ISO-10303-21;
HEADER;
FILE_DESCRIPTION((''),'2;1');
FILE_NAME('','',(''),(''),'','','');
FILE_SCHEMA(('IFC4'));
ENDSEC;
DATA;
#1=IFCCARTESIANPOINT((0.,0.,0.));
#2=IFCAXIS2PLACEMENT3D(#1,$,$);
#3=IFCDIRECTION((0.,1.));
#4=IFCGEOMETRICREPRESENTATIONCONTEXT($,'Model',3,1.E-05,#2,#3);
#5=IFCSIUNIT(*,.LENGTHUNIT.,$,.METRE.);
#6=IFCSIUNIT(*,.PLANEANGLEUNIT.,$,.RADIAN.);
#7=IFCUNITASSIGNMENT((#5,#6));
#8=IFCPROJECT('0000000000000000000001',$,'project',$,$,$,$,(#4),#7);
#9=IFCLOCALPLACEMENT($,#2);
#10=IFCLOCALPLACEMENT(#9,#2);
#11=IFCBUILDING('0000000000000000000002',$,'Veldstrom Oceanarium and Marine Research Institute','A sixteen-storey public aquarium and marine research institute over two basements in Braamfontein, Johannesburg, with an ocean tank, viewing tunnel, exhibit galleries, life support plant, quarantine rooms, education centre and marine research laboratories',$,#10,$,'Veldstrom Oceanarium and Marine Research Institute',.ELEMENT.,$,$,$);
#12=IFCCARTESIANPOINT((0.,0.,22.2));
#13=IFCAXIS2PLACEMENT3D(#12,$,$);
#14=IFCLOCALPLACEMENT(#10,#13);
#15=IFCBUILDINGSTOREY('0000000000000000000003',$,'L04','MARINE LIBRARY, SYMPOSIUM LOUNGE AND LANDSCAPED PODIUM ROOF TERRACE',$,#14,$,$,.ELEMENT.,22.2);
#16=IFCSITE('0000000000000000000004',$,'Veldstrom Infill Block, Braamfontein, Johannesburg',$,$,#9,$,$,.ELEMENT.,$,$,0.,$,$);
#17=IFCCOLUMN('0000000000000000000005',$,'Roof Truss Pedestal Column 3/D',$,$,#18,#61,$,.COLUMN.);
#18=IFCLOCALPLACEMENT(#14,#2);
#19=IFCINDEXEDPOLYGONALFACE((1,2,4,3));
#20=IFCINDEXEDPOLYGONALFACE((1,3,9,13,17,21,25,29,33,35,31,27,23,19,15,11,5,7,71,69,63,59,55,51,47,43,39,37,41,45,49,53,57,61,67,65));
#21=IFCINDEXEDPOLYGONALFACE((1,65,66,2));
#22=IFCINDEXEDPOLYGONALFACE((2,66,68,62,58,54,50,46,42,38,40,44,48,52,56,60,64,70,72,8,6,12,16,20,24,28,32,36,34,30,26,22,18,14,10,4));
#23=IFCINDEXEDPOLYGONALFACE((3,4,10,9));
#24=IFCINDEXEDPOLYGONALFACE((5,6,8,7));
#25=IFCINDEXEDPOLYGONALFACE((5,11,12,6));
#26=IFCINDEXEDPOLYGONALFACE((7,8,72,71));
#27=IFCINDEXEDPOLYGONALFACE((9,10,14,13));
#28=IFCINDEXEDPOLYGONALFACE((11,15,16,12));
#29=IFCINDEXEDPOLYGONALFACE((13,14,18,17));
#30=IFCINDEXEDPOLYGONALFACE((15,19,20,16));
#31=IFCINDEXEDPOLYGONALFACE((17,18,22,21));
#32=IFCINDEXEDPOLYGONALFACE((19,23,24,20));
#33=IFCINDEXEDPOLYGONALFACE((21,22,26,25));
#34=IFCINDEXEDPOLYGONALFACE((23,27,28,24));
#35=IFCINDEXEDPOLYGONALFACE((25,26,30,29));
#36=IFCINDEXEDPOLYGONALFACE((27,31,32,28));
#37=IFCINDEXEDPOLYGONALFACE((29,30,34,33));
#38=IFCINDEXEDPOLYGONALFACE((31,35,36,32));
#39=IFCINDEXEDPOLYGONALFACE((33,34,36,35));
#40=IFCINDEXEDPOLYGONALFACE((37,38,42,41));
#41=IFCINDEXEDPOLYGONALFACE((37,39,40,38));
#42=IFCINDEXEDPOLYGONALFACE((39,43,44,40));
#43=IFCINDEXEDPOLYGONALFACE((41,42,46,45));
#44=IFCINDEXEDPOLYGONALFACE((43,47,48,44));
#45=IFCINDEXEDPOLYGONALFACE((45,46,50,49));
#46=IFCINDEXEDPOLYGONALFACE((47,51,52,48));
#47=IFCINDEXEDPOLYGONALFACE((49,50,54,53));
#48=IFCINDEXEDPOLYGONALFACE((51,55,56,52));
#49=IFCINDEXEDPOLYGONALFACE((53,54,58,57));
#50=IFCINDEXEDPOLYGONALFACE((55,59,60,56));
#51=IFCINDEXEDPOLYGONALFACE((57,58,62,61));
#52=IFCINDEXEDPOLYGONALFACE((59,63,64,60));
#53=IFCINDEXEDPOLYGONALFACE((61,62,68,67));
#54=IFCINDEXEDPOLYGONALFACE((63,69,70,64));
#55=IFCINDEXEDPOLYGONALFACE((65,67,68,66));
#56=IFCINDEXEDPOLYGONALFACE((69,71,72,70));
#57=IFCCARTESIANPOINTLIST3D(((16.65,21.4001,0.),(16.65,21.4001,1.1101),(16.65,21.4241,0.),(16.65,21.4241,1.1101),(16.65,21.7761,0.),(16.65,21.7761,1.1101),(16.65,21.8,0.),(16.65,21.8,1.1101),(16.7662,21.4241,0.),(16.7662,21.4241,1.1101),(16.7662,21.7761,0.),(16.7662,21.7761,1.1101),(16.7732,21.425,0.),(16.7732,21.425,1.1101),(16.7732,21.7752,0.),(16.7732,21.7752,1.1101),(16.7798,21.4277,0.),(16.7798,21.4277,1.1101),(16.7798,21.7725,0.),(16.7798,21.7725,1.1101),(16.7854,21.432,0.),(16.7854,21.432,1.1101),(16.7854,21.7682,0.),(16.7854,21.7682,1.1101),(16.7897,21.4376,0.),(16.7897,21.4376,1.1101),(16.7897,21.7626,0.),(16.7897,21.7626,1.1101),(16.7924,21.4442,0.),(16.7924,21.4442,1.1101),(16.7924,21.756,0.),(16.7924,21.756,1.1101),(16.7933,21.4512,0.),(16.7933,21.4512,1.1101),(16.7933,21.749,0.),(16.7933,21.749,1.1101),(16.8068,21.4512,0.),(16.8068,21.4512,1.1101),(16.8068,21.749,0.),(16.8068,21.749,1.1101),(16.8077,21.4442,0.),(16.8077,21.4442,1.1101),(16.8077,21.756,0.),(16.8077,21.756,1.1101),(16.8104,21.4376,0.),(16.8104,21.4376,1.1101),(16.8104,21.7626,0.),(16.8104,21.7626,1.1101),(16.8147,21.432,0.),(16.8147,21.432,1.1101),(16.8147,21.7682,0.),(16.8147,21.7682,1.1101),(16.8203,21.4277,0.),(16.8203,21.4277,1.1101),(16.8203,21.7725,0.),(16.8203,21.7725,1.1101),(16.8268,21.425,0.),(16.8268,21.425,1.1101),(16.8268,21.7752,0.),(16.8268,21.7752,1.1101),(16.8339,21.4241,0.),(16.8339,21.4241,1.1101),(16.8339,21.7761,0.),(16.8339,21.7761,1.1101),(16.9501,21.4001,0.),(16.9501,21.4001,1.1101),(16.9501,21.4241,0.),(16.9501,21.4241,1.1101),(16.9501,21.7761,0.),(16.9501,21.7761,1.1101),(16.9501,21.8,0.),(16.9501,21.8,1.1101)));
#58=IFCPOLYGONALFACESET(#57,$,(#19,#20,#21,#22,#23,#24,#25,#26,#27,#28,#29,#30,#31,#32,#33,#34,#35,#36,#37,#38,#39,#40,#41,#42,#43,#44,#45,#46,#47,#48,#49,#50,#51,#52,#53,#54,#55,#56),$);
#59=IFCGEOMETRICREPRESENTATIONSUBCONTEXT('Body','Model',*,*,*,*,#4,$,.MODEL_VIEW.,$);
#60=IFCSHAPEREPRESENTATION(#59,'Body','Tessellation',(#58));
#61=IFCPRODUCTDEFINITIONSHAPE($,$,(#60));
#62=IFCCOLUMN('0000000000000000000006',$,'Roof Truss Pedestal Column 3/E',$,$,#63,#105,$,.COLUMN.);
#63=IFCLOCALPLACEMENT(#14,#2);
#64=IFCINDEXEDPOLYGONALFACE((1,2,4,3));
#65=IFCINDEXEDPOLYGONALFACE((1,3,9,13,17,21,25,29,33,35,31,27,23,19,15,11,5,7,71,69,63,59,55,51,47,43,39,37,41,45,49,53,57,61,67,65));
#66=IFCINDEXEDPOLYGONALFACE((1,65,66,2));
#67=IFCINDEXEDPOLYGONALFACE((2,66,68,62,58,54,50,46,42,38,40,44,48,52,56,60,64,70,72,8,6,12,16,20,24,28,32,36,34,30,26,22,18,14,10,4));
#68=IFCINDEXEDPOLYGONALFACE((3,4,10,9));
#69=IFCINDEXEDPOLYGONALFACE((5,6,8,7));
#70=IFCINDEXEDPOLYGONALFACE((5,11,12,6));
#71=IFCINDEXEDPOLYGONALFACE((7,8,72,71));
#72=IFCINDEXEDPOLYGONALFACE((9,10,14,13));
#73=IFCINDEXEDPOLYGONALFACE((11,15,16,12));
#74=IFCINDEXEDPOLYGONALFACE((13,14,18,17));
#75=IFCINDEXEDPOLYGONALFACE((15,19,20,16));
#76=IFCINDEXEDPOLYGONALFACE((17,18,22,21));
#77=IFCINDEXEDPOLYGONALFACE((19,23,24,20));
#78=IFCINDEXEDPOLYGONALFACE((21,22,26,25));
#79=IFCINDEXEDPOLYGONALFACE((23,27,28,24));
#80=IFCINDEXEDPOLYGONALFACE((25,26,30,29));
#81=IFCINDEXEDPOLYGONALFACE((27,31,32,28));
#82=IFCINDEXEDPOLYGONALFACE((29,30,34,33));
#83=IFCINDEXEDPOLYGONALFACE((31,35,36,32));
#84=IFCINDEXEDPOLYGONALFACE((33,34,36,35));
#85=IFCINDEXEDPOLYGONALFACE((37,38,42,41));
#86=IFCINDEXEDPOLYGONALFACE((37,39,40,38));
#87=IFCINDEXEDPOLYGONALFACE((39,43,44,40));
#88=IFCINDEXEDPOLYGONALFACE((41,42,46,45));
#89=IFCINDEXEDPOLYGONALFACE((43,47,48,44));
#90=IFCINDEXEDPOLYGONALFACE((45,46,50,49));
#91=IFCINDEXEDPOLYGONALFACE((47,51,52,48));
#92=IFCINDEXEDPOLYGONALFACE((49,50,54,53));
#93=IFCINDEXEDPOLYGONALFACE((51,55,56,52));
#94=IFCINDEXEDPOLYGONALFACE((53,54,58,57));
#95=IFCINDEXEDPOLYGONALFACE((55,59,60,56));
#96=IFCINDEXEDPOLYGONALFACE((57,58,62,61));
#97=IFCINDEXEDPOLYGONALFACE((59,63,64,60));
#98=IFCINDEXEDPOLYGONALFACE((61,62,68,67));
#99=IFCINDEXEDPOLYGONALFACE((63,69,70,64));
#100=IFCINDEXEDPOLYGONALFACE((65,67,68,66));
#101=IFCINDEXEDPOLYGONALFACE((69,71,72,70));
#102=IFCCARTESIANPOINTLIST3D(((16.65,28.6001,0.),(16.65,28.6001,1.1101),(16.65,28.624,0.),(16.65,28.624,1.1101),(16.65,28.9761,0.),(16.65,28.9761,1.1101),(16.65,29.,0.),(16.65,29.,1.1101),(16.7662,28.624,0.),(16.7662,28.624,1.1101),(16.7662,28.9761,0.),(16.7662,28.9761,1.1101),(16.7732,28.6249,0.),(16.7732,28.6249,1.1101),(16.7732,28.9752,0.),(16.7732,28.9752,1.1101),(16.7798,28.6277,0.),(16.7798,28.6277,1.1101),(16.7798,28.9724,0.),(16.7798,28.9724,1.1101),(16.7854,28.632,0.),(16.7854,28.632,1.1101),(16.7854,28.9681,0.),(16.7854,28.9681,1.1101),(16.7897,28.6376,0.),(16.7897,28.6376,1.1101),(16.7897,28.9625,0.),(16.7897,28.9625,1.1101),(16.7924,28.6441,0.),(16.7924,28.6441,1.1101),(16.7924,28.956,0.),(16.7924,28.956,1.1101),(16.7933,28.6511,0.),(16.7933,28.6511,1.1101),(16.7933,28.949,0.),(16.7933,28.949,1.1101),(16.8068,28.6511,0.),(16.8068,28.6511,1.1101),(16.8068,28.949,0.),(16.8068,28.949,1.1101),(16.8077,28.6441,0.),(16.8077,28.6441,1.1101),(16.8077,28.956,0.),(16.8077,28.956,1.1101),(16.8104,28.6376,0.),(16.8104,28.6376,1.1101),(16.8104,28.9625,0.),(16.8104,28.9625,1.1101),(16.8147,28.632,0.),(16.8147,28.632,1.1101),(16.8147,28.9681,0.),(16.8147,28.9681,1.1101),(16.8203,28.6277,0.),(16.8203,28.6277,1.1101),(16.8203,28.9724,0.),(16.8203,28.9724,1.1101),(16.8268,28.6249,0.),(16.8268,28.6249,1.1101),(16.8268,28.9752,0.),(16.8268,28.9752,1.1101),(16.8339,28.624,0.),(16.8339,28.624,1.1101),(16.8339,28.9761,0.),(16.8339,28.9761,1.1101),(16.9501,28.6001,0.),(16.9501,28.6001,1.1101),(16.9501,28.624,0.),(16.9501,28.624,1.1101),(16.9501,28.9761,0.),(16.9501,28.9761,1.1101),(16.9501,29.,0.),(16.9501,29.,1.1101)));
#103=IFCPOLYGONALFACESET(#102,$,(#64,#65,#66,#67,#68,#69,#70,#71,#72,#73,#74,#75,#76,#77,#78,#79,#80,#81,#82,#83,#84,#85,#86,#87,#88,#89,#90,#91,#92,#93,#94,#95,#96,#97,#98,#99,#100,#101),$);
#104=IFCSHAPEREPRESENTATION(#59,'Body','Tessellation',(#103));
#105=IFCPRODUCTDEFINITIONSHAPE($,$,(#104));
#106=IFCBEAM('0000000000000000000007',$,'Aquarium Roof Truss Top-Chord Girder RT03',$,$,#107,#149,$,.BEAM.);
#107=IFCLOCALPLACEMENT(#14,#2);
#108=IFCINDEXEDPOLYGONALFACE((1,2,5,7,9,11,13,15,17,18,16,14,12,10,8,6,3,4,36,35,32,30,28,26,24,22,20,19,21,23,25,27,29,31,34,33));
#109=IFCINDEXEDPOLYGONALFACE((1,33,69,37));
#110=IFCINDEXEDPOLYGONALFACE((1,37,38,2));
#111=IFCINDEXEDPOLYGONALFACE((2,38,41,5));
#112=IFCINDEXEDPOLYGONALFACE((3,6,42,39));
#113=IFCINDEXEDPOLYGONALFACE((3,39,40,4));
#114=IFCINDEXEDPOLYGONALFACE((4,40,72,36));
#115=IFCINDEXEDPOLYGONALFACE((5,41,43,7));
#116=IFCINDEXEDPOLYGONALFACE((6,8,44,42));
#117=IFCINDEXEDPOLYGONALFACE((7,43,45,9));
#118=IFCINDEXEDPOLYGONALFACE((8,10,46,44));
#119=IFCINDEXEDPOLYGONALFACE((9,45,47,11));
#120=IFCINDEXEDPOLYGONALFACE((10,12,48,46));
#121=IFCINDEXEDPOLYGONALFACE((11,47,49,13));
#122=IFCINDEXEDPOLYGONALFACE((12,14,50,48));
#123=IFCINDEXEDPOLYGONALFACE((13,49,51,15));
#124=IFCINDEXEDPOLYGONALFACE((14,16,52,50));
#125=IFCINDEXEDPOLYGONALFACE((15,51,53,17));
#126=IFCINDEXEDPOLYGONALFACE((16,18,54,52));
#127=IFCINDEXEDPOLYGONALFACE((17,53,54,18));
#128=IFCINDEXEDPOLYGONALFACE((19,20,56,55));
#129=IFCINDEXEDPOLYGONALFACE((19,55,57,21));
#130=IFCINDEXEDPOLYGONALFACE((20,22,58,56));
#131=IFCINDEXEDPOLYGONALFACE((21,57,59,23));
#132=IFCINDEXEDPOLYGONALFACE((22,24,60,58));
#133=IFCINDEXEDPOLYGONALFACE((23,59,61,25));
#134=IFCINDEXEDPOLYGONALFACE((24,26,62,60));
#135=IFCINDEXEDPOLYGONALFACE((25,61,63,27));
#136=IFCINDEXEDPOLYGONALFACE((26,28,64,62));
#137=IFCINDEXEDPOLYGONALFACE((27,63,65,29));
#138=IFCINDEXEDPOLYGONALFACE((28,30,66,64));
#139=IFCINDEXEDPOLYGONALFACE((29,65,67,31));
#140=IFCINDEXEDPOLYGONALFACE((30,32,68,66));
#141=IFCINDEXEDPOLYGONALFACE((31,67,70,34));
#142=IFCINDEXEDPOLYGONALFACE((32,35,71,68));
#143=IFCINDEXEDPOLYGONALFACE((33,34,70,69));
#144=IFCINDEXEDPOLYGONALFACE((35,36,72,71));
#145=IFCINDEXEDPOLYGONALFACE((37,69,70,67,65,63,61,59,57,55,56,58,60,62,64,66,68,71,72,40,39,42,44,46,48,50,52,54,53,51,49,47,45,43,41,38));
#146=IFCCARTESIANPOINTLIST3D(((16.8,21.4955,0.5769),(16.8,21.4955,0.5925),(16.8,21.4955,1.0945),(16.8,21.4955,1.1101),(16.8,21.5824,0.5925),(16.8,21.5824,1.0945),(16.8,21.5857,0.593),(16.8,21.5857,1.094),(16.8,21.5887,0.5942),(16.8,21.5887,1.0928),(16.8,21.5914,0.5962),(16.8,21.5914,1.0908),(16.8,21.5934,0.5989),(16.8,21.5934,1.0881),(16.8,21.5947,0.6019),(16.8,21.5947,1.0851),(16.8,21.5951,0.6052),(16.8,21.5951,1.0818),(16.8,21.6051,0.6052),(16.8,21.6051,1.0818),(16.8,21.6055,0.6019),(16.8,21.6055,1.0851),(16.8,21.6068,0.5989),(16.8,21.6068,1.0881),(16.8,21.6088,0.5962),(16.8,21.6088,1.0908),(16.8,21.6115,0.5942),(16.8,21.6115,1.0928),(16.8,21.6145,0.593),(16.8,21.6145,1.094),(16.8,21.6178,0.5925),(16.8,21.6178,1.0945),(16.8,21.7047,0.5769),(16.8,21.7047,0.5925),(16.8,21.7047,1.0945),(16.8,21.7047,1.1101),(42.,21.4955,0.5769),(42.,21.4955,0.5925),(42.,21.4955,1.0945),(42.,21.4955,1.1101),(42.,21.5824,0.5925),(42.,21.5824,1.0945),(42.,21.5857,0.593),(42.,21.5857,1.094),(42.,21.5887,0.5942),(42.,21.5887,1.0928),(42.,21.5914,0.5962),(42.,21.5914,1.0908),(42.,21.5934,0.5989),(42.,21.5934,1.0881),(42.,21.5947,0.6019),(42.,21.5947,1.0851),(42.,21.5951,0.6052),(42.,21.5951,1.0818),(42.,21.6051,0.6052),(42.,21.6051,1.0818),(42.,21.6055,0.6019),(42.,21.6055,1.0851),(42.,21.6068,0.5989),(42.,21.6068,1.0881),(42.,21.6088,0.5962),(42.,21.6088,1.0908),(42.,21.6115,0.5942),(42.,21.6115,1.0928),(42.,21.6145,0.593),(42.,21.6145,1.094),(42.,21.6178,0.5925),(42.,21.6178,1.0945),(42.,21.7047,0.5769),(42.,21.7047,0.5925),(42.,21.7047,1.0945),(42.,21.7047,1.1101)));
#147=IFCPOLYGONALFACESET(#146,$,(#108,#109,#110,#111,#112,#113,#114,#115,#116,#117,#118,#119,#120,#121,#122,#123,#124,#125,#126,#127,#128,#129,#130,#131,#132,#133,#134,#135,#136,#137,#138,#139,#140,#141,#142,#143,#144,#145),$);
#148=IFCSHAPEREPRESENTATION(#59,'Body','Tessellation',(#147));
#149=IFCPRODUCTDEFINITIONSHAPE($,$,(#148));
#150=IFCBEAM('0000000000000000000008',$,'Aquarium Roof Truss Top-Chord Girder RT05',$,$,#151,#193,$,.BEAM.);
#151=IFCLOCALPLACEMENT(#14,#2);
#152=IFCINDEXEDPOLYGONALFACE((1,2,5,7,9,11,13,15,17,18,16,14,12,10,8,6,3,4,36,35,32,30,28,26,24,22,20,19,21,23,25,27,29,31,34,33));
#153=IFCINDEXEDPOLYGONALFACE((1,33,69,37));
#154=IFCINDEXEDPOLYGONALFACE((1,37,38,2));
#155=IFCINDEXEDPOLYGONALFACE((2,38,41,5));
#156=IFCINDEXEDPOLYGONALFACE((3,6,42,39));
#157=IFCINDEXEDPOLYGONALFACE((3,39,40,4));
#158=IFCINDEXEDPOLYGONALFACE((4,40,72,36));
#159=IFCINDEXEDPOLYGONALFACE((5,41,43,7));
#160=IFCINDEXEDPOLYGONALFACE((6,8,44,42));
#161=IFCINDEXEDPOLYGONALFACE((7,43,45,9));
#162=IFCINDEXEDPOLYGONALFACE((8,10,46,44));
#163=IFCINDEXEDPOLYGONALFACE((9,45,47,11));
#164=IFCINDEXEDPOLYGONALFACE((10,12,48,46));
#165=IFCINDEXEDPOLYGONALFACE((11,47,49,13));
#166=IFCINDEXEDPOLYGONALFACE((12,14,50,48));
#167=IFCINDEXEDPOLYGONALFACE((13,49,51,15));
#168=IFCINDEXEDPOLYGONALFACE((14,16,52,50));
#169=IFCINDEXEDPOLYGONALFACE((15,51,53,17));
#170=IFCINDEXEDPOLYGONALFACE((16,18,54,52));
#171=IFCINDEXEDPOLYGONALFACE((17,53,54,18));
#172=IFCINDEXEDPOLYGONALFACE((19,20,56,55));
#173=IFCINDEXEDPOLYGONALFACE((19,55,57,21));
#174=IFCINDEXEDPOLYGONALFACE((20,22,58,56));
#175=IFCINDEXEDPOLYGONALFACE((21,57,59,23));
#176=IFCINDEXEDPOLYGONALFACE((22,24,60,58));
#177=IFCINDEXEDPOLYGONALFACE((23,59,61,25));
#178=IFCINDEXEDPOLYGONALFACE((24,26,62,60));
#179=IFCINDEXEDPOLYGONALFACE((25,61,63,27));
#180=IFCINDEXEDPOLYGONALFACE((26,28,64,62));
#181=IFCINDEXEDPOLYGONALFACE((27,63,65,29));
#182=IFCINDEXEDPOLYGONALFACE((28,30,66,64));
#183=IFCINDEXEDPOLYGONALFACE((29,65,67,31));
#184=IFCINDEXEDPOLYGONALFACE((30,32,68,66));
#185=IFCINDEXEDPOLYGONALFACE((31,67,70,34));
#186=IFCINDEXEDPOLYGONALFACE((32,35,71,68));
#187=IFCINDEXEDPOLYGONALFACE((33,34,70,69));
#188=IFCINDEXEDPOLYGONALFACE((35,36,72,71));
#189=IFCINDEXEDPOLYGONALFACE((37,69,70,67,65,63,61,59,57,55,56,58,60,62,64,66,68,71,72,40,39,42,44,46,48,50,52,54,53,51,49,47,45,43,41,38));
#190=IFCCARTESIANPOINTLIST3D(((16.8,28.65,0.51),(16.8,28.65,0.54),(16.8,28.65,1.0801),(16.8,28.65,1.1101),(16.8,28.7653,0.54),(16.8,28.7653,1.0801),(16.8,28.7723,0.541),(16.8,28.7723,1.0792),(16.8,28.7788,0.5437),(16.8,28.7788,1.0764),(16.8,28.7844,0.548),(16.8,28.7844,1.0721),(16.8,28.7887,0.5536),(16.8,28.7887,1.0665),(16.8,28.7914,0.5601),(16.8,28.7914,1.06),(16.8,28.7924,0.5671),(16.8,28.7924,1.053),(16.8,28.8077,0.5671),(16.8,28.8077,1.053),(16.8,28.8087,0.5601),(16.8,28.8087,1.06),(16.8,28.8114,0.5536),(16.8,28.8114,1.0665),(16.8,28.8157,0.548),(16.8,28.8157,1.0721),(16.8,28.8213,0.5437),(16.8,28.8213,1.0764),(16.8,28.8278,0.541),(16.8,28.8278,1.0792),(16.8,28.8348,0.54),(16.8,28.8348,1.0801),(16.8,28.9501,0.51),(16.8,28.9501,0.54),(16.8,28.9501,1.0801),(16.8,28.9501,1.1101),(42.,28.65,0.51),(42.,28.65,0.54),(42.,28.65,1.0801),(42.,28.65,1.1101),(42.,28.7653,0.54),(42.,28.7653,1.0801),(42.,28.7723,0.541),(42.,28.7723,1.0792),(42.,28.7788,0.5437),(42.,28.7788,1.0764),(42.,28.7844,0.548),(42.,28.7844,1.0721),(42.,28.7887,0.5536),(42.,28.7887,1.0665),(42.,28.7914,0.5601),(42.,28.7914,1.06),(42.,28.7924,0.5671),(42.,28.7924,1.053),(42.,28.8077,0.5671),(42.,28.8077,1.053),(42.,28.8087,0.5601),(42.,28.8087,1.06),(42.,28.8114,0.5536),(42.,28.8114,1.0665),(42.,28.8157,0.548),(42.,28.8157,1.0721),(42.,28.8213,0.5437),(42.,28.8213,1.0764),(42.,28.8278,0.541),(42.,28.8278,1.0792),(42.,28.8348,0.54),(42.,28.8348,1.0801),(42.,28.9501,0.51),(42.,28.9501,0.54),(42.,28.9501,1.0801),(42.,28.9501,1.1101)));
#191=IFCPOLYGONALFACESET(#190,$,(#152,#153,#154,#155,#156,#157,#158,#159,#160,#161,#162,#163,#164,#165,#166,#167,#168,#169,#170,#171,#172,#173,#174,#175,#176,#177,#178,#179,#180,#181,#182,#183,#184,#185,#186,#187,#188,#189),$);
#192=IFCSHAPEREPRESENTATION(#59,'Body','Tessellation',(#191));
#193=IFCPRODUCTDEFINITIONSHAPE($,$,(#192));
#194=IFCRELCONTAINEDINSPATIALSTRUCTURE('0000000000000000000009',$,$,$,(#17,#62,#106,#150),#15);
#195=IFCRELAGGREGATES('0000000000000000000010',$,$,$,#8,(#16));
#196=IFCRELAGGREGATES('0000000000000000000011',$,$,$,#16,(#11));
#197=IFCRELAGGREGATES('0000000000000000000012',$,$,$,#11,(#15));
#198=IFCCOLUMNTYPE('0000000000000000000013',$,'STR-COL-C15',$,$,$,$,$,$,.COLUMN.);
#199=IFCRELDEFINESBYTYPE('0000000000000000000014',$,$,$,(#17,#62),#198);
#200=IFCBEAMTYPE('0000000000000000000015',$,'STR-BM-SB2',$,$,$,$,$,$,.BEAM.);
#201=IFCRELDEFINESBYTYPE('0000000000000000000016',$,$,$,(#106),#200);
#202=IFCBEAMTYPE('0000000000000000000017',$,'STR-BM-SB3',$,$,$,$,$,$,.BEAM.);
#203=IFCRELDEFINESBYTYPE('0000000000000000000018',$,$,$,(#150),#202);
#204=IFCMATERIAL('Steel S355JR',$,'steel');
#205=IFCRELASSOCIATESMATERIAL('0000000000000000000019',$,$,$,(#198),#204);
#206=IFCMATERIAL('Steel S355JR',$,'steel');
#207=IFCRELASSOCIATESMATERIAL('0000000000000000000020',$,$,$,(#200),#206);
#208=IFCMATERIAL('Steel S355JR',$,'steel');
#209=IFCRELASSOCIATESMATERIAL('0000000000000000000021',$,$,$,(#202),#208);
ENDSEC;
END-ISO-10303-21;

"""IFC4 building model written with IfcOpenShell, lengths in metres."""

from ifc_helpers import new_model, si_unit, direction, frame, origin, origin_2d, place, context, subcontext, project, spatial, i_section, extrude, material, material_profile, profile_set, type_object, element, save


model = new_model("IFC4")

# Units and contexts
model_context = context("Model", 3, precision=1e-05, world=origin(), true_north=direction((0.0, 1.0)))
body_context = subcontext(model_context, "Body", "Model", "MODEL_VIEW")
ifc_project = project(units=[si_unit("LENGTHUNIT", "METRE"), si_unit("PLANEANGLEUNIT", "RADIAN")], contexts=[model_context])

# Site, building, storey
site_placement = place(None, origin())
site = spatial("IfcSite", under=ifc_project, at=site_placement, Name="Veldstrom Infill Block, Braamfontein, Johannesburg", CompositionType="ELEMENT", RefElevation=0.0)
building_placement = place(site_placement, origin())
building = spatial("IfcBuilding", under=site, at=building_placement, Name="Veldstrom Oceanarium and Marine Research Institute", Description="A sixteen-storey public aquarium and marine research institute over two basements in Braamfontein, Johannesburg, with an ocean tank, viewing tunnel, exhibit galleries, life support plant, quarantine rooms, education centre and marine research laboratories", LongName="Veldstrom Oceanarium and Marine Research Institute", CompositionType="ELEMENT")
storey_placement = place(building_placement, frame((0.0, 0.0, 22.2)))
storey = spatial("IfcBuildingStorey", under=building, at=storey_placement, Name="L04", Description="MARINE LIBRARY, SYMPOSIUM LOUNGE AND LANDSCAPED PODIUM ROOF TERRACE", CompositionType="ELEMENT", Elevation=22.2)

# Columns
ifc_material_1 = material(Name="Steel S355JR", Category="steel")
ifc_material_profile_1 = material_profile(ifc_material_1, i_section(OverallWidth=0.3, OverallDepth=0.3999, WebThickness=0.0134, FlangeThickness=0.0239, FilletRadius=0.0271, at=origin_2d()), Name="HEB 400")
ifc_profile_set_1 = profile_set([ifc_material_profile_1], Name="Steel S355JR")
column_type = type_object("IfcColumnType", Name="STR-COL-C15", PredefinedType="COLUMN", material=ifc_profile_set_1)
for number, where, z_axis, x_axis, name in (
    (1, (16.8, 21.6001, 0.0), (0.0, 0.0, 1.0), (1.0, 0.0, 0.0), "Roof Truss Pedestal Column 3/D"),
    (2, (16.8, 28.8, 0.0), (0.0, 0.0, 1.0), (1.0, 0.0, 0.0), "Roof Truss Pedestal Column 3/E"),
):
    element("IfcColumn", number, at=place(storey_placement, frame(where, z_axis=z_axis, x_axis=x_axis)), inside=storey, type_object=column_type, Name=name, PredefinedType="COLUMN", context=body_context, shape_type="SweptSolid", body=[
        extrude(i_section(OverallWidth=0.3, OverallDepth=0.3999, WebThickness=0.0134, FlangeThickness=0.0239, FilletRadius=0.0271, at=origin_2d()), origin(), (0.0, 0.0, 1.0), 1.1101),
    ])

# Beams
ifc_material_2 = material(Name="Steel S355JR", Category="steel")
ifc_material_profile_2 = material_profile(ifc_material_2, i_section(OverallWidth=0.2092, OverallDepth=0.5332, WebThickness=0.01, FlangeThickness=0.0156, FilletRadius=0.0127, at=origin_2d()), Name="UB 533x210x92")
ifc_profile_set_2 = profile_set([ifc_material_profile_2], Name="Steel S355JR")
beam_type_1 = type_object("IfcBeamType", Name="STR-BM-SB2", PredefinedType="BEAM", material=ifc_profile_set_2)
beam_1_placement = place(storey_placement, frame((16.8, 21.6001, 0.8435), z_axis=(1.0, 0.0, 0.0), x_axis=(0.0, 1.0, 0.0)))
element("IfcBeam", 3, at=beam_1_placement, inside=storey, type_object=beam_type_1, Name="Aquarium Roof Truss Top-Chord Girder RT03", PredefinedType="BEAM", context=body_context, shape_type="SweptSolid", body=[
    extrude(i_section(OverallWidth=0.2092, OverallDepth=0.5332, WebThickness=0.01, FlangeThickness=0.0156, FilletRadius=0.0127, at=origin_2d()), origin(), (0.0, 0.0, 1.0), 25.2),
])
ifc_material_3 = material(Name="Steel S355JR", Category="steel")
ifc_material_profile_3 = material_profile(ifc_material_3, i_section(OverallWidth=0.3, OverallDepth=0.6001, WebThickness=0.0154, FlangeThickness=0.03, FilletRadius=0.0271, at=origin_2d()), Name="HEB 600")
ifc_profile_set_3 = profile_set([ifc_material_profile_3], Name="Steel S355JR")
beam_type_2 = type_object("IfcBeamType", Name="STR-BM-SB3", PredefinedType="BEAM", material=ifc_profile_set_3)
beam_2_placement = place(storey_placement, frame((16.8, 28.8, 0.8101), z_axis=(1.0, 0.0, 0.0), x_axis=(0.0, 1.0, 0.0)))
element("IfcBeam", 4, at=beam_2_placement, inside=storey, type_object=beam_type_2, Name="Aquarium Roof Truss Top-Chord Girder RT05", PredefinedType="BEAM", context=body_context, shape_type="SweptSolid", body=[
    extrude(i_section(OverallWidth=0.3, OverallDepth=0.6001, WebThickness=0.0154, FlangeThickness=0.03, FilletRadius=0.0271, at=origin_2d()), origin(), (0.0, 0.0, 1.0), 25.2),
])

save(model, "model.ifc")
